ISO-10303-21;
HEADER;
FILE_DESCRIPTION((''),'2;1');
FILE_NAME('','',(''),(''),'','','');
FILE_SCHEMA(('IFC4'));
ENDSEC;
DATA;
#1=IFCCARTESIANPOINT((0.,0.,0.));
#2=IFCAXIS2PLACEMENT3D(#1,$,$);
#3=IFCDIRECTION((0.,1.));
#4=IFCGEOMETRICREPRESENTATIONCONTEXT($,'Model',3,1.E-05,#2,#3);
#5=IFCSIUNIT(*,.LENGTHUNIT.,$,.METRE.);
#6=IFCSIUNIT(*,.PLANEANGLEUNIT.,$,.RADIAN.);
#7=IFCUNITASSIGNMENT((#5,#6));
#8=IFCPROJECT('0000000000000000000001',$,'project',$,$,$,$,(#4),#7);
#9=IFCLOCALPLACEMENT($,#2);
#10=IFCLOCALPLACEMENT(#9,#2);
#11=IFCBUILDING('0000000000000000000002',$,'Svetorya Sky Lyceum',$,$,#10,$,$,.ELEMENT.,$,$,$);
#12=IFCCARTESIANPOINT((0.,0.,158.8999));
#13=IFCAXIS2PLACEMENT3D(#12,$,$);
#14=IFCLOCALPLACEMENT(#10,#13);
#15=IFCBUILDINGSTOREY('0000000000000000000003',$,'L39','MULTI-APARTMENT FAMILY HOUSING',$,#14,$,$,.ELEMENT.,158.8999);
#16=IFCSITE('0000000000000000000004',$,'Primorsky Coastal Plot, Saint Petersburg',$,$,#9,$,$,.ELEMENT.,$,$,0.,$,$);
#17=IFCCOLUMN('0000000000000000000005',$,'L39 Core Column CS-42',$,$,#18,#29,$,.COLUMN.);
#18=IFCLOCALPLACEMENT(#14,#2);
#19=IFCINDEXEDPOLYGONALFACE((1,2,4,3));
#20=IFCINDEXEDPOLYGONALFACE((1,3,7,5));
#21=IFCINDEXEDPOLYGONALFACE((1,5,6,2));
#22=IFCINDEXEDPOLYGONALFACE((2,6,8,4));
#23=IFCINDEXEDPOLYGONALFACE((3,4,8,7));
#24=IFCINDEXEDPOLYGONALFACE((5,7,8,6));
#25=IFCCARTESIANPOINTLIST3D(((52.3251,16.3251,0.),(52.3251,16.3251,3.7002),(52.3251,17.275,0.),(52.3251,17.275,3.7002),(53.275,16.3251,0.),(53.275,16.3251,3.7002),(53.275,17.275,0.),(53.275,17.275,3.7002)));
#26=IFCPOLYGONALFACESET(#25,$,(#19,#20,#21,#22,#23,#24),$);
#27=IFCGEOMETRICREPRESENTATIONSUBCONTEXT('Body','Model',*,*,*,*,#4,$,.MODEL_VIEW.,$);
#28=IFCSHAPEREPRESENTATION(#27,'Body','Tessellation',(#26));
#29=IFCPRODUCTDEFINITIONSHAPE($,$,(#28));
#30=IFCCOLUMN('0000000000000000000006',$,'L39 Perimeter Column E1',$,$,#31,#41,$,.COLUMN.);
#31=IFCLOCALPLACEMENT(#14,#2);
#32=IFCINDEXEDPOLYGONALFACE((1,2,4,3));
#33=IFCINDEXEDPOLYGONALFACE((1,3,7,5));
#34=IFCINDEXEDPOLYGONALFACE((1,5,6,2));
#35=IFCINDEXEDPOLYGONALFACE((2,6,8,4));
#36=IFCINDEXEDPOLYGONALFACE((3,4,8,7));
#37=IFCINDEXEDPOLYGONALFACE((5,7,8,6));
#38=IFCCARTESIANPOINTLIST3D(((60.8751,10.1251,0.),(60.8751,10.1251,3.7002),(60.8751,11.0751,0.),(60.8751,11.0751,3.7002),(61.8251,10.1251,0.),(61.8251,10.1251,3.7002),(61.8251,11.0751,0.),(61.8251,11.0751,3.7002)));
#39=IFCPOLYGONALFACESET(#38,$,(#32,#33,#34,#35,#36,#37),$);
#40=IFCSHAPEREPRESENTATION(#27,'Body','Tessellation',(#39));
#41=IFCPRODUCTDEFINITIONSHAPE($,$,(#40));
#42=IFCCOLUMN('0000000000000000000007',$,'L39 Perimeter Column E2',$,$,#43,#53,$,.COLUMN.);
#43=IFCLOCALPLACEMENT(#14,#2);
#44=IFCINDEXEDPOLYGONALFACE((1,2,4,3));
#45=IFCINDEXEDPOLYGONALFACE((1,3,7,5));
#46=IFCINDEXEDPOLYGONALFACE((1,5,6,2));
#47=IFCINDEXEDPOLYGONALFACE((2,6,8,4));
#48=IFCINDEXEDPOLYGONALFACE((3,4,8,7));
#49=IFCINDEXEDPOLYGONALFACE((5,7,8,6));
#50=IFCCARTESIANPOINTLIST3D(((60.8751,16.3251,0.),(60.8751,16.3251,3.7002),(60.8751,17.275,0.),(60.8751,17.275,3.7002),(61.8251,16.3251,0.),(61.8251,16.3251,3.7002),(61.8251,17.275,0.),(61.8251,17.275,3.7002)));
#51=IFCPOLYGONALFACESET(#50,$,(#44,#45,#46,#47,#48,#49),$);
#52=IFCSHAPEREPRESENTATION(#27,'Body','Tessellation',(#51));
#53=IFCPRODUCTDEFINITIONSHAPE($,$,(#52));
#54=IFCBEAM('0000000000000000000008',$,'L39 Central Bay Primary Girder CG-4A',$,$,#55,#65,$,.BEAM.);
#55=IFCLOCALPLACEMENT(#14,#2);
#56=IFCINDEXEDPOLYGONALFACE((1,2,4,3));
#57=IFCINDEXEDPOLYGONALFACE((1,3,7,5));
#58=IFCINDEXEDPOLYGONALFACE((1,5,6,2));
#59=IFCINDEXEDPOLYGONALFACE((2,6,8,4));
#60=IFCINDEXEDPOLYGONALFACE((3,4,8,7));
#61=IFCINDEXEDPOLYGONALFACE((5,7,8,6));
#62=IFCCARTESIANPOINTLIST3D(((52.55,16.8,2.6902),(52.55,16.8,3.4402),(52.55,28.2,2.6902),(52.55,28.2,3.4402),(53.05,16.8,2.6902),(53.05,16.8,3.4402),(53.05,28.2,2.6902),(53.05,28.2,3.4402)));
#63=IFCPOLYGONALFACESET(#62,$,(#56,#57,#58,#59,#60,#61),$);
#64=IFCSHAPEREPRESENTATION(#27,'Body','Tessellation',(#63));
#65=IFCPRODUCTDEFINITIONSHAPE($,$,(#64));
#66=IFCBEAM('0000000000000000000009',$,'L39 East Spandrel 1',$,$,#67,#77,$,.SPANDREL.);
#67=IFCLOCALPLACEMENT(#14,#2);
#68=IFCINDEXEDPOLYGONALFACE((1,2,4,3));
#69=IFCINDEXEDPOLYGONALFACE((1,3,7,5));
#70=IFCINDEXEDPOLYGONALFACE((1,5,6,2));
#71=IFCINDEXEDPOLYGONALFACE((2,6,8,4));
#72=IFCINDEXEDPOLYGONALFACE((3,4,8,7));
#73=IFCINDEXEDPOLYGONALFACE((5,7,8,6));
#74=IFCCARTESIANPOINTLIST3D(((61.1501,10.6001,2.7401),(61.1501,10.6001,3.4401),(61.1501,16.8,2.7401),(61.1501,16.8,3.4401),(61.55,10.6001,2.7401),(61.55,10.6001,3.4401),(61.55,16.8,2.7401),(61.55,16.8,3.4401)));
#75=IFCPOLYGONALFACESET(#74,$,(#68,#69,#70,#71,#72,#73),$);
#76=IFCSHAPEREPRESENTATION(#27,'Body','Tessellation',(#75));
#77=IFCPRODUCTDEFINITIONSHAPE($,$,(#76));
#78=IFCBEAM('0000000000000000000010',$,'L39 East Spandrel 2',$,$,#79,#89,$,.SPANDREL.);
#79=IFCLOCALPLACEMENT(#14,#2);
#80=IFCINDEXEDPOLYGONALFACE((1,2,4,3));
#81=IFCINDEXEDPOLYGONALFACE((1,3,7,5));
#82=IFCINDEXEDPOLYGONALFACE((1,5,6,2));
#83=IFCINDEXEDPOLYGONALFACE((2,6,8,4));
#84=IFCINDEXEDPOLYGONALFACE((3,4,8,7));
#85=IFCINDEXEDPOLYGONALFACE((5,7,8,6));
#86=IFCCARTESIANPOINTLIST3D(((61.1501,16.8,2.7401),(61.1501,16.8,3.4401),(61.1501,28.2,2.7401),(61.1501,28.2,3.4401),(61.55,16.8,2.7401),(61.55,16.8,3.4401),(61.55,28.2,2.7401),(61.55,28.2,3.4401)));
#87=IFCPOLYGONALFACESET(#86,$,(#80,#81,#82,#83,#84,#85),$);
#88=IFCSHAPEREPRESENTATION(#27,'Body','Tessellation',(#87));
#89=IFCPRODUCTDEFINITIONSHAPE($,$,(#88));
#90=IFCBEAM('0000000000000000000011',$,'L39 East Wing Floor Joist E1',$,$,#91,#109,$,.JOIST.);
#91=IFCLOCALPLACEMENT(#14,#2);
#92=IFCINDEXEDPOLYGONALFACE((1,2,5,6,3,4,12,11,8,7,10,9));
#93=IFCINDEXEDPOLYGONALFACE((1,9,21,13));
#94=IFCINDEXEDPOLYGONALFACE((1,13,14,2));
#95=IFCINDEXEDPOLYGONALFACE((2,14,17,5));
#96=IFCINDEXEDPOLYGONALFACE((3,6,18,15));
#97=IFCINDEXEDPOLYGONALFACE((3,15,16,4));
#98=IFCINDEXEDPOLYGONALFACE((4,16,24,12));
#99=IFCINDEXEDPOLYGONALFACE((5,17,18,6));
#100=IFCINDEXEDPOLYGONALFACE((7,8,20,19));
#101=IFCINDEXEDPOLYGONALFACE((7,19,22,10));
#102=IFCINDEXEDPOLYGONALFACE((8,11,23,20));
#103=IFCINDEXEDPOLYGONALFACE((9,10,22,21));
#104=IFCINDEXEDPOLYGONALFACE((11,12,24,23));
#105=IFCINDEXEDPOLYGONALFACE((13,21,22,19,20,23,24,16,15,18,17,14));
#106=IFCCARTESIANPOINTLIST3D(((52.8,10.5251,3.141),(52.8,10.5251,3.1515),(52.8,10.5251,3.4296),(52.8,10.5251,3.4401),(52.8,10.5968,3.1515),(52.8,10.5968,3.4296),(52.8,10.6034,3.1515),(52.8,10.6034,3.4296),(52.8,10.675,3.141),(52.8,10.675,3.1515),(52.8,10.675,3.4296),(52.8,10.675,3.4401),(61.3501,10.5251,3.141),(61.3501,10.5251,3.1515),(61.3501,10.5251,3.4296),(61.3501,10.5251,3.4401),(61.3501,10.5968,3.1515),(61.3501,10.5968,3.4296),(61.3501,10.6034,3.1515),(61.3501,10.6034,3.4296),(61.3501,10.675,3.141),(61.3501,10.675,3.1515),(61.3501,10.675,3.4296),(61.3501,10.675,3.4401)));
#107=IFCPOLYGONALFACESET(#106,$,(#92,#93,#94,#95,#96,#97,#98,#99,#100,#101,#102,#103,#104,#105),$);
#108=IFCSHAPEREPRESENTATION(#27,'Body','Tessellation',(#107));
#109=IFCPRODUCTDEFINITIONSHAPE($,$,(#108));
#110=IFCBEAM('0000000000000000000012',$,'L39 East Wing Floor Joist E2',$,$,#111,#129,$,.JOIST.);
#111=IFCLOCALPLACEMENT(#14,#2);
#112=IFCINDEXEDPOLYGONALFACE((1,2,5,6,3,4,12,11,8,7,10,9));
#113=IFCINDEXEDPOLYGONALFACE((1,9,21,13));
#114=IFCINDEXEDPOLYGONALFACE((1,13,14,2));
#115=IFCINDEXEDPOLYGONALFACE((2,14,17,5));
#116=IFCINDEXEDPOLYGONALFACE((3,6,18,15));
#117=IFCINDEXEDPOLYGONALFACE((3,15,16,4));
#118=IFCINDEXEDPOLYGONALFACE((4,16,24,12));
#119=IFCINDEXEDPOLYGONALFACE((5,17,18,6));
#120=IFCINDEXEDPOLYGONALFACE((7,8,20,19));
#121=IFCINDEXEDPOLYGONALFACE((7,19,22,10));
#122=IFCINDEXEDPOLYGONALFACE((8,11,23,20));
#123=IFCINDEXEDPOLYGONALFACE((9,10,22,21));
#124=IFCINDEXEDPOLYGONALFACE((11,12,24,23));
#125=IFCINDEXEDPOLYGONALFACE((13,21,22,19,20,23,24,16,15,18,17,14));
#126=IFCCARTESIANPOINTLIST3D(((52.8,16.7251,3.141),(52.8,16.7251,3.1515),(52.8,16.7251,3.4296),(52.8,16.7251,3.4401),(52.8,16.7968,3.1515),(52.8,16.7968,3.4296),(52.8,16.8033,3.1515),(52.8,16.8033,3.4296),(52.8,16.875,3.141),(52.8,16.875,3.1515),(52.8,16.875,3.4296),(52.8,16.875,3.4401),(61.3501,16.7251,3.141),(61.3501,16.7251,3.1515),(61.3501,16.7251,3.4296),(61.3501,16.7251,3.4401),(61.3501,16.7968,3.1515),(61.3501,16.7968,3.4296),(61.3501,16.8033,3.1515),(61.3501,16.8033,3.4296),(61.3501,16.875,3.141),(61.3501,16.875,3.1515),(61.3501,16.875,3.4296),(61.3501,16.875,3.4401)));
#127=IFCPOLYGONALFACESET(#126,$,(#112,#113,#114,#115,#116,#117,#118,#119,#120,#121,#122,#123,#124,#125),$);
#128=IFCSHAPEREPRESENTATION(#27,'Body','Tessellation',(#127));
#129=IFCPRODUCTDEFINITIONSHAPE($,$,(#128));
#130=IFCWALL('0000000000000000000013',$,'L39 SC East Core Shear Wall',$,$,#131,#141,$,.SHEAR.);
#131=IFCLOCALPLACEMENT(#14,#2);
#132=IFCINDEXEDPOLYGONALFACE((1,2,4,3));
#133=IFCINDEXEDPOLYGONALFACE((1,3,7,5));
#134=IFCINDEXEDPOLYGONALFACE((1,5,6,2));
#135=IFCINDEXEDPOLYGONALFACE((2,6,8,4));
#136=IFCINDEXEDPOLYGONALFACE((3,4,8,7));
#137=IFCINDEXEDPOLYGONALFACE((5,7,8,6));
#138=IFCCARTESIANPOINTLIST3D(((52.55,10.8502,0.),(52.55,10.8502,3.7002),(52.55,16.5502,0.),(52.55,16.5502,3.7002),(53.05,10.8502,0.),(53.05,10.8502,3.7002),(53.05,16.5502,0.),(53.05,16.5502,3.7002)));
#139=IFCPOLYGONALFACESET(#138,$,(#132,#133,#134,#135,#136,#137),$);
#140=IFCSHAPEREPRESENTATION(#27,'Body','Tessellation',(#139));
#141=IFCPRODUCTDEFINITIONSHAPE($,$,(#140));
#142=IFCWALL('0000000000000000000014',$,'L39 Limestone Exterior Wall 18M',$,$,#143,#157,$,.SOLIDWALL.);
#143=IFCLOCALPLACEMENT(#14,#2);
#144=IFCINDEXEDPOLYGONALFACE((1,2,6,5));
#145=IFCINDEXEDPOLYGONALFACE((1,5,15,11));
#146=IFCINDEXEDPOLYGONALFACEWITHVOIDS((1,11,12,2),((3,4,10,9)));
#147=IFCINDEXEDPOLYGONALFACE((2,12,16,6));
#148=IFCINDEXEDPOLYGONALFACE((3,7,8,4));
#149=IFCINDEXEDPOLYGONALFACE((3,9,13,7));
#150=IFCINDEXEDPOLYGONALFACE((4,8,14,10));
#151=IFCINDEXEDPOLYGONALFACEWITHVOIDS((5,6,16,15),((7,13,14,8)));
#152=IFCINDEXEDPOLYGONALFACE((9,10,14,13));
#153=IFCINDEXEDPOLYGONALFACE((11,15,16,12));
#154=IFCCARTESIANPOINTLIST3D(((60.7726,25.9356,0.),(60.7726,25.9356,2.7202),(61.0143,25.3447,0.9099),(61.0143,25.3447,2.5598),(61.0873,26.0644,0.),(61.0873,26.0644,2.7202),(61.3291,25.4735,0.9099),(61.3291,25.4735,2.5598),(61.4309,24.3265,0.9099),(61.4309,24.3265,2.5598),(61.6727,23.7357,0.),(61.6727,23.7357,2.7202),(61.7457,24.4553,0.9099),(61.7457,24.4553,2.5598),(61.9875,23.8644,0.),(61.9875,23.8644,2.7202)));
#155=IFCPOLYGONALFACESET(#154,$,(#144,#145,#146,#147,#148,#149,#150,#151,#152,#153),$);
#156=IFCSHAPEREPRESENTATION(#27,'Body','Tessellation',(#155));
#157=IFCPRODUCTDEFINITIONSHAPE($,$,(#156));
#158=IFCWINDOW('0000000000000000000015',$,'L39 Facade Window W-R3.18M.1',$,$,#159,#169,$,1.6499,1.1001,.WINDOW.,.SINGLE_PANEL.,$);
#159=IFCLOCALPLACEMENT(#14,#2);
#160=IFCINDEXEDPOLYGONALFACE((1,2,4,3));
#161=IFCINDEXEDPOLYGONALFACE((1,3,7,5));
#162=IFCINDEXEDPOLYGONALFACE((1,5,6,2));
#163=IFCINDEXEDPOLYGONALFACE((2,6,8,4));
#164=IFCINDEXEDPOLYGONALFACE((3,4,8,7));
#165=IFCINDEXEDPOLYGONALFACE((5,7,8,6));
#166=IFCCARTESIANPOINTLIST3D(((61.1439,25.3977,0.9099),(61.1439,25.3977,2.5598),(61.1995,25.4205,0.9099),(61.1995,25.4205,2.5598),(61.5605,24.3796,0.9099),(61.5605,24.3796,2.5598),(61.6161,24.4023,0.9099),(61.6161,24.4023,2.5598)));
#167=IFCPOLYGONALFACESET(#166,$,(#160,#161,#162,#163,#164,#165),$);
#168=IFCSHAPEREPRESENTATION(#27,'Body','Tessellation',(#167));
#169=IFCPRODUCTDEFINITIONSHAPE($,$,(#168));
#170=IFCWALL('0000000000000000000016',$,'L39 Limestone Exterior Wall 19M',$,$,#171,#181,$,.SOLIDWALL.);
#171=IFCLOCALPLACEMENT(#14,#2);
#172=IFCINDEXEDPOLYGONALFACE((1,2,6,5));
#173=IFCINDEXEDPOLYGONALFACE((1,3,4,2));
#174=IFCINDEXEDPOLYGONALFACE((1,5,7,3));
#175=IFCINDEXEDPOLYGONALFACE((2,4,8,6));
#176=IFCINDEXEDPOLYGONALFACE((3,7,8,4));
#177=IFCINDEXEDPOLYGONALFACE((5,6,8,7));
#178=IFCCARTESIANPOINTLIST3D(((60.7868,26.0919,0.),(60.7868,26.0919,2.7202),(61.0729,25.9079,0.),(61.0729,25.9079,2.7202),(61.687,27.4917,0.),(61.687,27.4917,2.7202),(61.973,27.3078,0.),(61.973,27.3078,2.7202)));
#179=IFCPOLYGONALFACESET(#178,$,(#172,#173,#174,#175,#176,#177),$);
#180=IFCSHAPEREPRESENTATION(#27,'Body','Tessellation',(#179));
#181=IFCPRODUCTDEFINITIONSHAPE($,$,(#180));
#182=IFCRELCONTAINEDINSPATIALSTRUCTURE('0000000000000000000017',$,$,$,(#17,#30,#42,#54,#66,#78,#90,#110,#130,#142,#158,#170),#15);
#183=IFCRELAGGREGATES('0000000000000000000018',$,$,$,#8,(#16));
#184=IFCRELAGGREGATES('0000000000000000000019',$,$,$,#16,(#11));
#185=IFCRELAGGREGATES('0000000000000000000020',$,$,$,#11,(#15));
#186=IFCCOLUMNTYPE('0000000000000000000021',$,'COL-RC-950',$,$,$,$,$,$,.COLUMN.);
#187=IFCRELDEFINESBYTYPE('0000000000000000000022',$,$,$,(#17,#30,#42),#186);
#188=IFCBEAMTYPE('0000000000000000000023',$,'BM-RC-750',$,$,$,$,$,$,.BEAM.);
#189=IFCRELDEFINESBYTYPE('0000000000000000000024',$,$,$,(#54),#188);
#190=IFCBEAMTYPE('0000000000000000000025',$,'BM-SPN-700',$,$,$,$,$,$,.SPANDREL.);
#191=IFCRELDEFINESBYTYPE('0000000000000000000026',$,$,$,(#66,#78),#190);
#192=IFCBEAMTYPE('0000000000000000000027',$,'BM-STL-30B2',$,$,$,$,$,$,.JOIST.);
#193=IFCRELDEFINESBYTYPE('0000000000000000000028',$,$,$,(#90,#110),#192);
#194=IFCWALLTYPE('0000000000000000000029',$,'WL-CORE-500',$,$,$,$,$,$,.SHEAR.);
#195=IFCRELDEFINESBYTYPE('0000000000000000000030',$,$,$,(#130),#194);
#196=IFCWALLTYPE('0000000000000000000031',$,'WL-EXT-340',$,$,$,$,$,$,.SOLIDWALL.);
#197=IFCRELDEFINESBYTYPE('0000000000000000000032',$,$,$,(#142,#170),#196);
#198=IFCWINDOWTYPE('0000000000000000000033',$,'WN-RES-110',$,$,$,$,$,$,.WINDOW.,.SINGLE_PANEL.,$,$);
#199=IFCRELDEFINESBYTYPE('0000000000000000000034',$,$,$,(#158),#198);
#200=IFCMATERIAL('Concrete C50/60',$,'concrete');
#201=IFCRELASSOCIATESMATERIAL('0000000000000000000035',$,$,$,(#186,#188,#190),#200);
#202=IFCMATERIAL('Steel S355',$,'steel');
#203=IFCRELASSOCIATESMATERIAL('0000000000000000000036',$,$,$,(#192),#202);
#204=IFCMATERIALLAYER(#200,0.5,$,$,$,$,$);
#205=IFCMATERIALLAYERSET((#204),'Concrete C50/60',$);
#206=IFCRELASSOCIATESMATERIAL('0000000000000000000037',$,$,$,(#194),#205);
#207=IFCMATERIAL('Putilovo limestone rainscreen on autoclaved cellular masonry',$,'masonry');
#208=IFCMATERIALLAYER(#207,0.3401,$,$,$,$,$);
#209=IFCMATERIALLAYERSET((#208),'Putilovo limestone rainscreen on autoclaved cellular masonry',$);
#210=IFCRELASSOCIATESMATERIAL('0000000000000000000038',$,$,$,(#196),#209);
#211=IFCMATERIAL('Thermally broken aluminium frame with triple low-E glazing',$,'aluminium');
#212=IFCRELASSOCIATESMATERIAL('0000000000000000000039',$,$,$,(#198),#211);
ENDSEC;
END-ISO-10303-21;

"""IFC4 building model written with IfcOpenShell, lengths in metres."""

from ifc_helpers import new_model, si_unit, direction, frame, frame_2d, origin, origin_2d, place, context, subcontext, project, spatial, rectangle, i_section, extrude, material, layer, layer_set, material_profile, profile_set, type_object, element, fill, save


model = new_model("IFC4")

# Units and contexts
model_context = context("Model", 3, precision=1e-05, world=origin(), true_north=direction((0.0, 1.0)))
body_context = subcontext(model_context, "Body", "Model", "MODEL_VIEW")
ifc_project = project(units=[si_unit("LENGTHUNIT", "METRE"), si_unit("PLANEANGLEUNIT", "RADIAN")], contexts=[model_context])

# Site, building, storey
site_placement = place(None, origin())
site = spatial("IfcSite", under=ifc_project, at=site_placement, Name="Primorsky Coastal Plot, Saint Petersburg", CompositionType="ELEMENT", RefElevation=0.0)
building_placement = place(site_placement, origin())
building = spatial("IfcBuilding", under=site, at=building_placement, Name="Svetorya Sky Lyceum", CompositionType="ELEMENT")
storey_placement = place(building_placement, frame((0.0, 0.0, 158.8999)))
storey = spatial("IfcBuildingStorey", under=building, at=storey_placement, Name="L39", Description="MULTI-APARTMENT FAMILY HOUSING", CompositionType="ELEMENT", Elevation=158.8999)

# Columns
ifc_material_1 = material(Name="Concrete C50/60", Category="concrete")
ifc_material_profile_1 = material_profile(ifc_material_1, rectangle(XDim=0.95, YDim=0.95, at=origin_2d()), Name="RC COL 950x950")
ifc_profile_set_1 = profile_set([ifc_material_profile_1], Name="Concrete C50/60")
column_type = type_object("IfcColumnType", Name="COL-RC-950", PredefinedType="COLUMN", material=ifc_profile_set_1)
for number, where, z_axis, x_axis, name in (
    (1, (52.8, 16.8, 0.0), (0.0, 0.0, 1.0), (1.0, 0.0, 0.0), "L39 Core Column CS-42"),
    (2, (61.3501, 10.6001, 0.0), (0.0, 0.0, 1.0), (1.0, 0.0, 0.0), "L39 Perimeter Column E1"),
    (3, (61.3501, 16.8, 0.0), (0.0, 0.0, 1.0), (1.0, 0.0, 0.0), "L39 Perimeter Column E2"),
):
    element("IfcColumn", number, at=place(storey_placement, frame(where, z_axis=z_axis, x_axis=x_axis)), inside=storey, type_object=column_type, Name=name, PredefinedType="COLUMN", context=body_context, shape_type="SweptSolid", body=[
        extrude(rectangle(XDim=0.95, YDim=0.95, at=origin_2d()), origin(), (0.0, 0.0, 1.0), 3.7002),
    ])

# Beams
ifc_material_profile_2 = material_profile(ifc_material_1, rectangle(XDim=0.5, YDim=0.75, at=origin_2d()), Name="RC BEAM 500x750")
ifc_profile_set_2 = profile_set([ifc_material_profile_2], Name="Concrete C50/60")
beam_type_1 = type_object("IfcBeamType", Name="BM-RC-750", PredefinedType="BEAM", material=ifc_profile_set_2)
beam_1_placement = place(storey_placement, frame((52.8, 16.8, 3.0652), z_axis=(0.0, 1.0, 0.0), x_axis=(-1.0, 0.0, 0.0)))
element("IfcBeam", 4, at=beam_1_placement, inside=storey, type_object=beam_type_1, Name="L39 Central Bay Primary Girder CG-4A", PredefinedType="BEAM", context=body_context, shape_type="SweptSolid", body=[
    extrude(rectangle(XDim=0.5, YDim=0.75, at=origin_2d()), origin(), (0.0, 0.0, 1.0), 11.3999),
])
ifc_material_profile_3 = material_profile(ifc_material_1, rectangle(XDim=0.3999, YDim=0.7, at=origin_2d()), Name="RC SPANDREL 400x700")
ifc_profile_set_3 = profile_set([ifc_material_profile_3], Name="Concrete C50/60")
beam_type_2 = type_object("IfcBeamType", Name="BM-SPN-700", PredefinedType="SPANDREL", material=ifc_profile_set_3)
beam_2_placement = place(storey_placement, frame((61.3501, 10.6001, 3.0901), z_axis=(0.0, 1.0, 0.0), x_axis=(-1.0, 0.0, 0.0)))
element("IfcBeam", 5, at=beam_2_placement, inside=storey, type_object=beam_type_2, Name="L39 East Spandrel 1", PredefinedType="SPANDREL", context=body_context, shape_type="SweptSolid", body=[
    extrude(rectangle(XDim=0.3999, YDim=0.7, at=origin_2d()), origin(), (0.0, 0.0, 1.0), 6.2),
])
beam_3_placement = place(storey_placement, frame((61.3501, 16.8, 3.0901), z_axis=(0.0, 1.0, 0.0), x_axis=(-1.0, 0.0, 0.0)))
element("IfcBeam", 6, at=beam_3_placement, inside=storey, type_object=beam_type_2, Name="L39 East Spandrel 2", PredefinedType="SPANDREL", context=body_context, shape_type="SweptSolid", body=[
    extrude(rectangle(XDim=0.3999, YDim=0.7, at=origin_2d()), origin(), (0.0, 0.0, 1.0), 11.3999),
])
ifc_material_2 = material(Name="Steel S355", Category="steel")
ifc_material_profile_4 = material_profile(ifc_material_2, i_section(OverallWidth=0.1499, OverallDepth=0.2991, WebThickness=0.0066, FlangeThickness=0.0105, at=origin_2d()), Name="GOST 30B2")
ifc_profile_set_4 = profile_set([ifc_material_profile_4], Name="Steel S355")
beam_type_3 = type_object("IfcBeamType", Name="BM-STL-30B2", PredefinedType="JOIST", material=ifc_profile_set_4)
for number, where, z_axis, x_axis, name in (
    (7, (52.8, 10.6001, 3.2905), (1.0, 0.0, 0.0), (0.0, 1.0, 0.0), "L39 East Wing Floor Joist E1"),
    (8, (52.8, 16.8, 3.2905), (1.0, 0.0, 0.0), (0.0, 1.0, 0.0), "L39 East Wing Floor Joist E2"),
):
    element("IfcBeam", number, at=place(storey_placement, frame(where, z_axis=z_axis, x_axis=x_axis)), inside=storey, type_object=beam_type_3, Name=name, PredefinedType="JOIST", context=body_context, shape_type="SweptSolid", body=[
        extrude(i_section(OverallWidth=0.1499, OverallDepth=0.2991, WebThickness=0.0066, FlangeThickness=0.0105, at=origin_2d()), origin(), (0.0, 0.0, 1.0), 8.55),
    ])

# Wall
ifc_layer_1 = layer(ifc_material_1, 0.5)
ifc_layer_set_1 = layer_set([ifc_layer_1], Name="Concrete C50/60")
wall_type_1 = type_object("IfcWallType", Name="WL-CORE-500", PredefinedType="SHEAR", material=ifc_layer_set_1)
wall_1_placement = place(storey_placement, frame((52.8, 10.8501, 0.0), z_axis=(0.0, 0.0, 1.0), x_axis=(0.0, 1.0, 0.0)))
element("IfcWall", 9, at=wall_1_placement, inside=storey, type_object=wall_type_1, Name="L39 SC East Core Shear Wall", PredefinedType="SHEAR", context=body_context, shape_type="SweptSolid", body=[
    extrude(rectangle(XDim=5.7, YDim=0.5, at=frame_2d((2.8501, 0.0))), origin(), (0.0, 0.0, 1.0), 3.7002),
])

# Wall, opening, window
ifc_material_3 = material(Name="Putilovo limestone rainscreen on autoclaved cellular masonry", Category="masonry")
ifc_layer_2 = layer(ifc_material_3, 0.3401)
ifc_layer_set_2 = layer_set([ifc_layer_2], Name="Putilovo limestone rainscreen on autoclaved cellular masonry")
wall_type_2 = type_object("IfcWallType", Name="WL-EXT-340", PredefinedType="SOLIDWALL", material=ifc_layer_set_2)
wall_2_placement = place(storey_placement, frame((61.8301, 23.8, 0.0), z_axis=(0.0, 0.0, 1.0), x_axis=(-0.378693, 0.925522, 0.0)))
wall_2 = element("IfcWall", 10, at=wall_2_placement, inside=storey, type_object=wall_type_2, Name="L39 Limestone Exterior Wall 18M", PredefinedType="SOLIDWALL", context=body_context, shape_type="SweptSolid", body=[
    extrude(rectangle(XDim=2.377, YDim=0.3401, at=frame_2d((1.1885, 0.0))), origin(), (0.0, 0.0, 1.0), 2.7202),
])
opening_1_placement = place(wall_2_placement, frame((0.6384, 0.0, 0.9099)))
opening_1 = element("IfcOpeningElement", 11, at=opening_1_placement, cuts=wall_2, PredefinedType="OPENING", context=body_context, shape_type="SweptSolid", body=[
    extrude(rectangle(XDim=1.1001, YDim=1.6499, at=frame_2d((0.55, 0.825))), frame((0.0, 0.1799, 0.0), z_axis=(0.0, -1.0, 0.0), x_axis=(1.0, 0.0, 0.0)), (0.0, 0.0, 1.0), 0.3601),
])
ifc_material_4 = material(Name="Thermally broken aluminium frame with triple low-E glazing", Category="aluminium")
window_type = type_object("IfcWindowType", Name="WN-RES-110", PartitioningType="SINGLE_PANEL", PredefinedType="WINDOW", material=ifc_material_4)
window_placement = place(opening_1_placement, origin())
window = element("IfcWindow", 12, at=window_placement, inside=storey, type_object=window_type, Name="L39 Facade Window W-R3.18M.1", OverallHeight=1.6499, OverallWidth=1.1001, PartitioningType="SINGLE_PANEL", PredefinedType="WINDOW", context=body_context, shape_type="SweptSolid", body=[
    extrude(rectangle(XDim=1.1001, YDim=1.6499, at=frame_2d((0.55, 0.825))), frame((0.0, 0.03, 0.0), z_axis=(0.0, -1.0, 0.0), x_axis=(1.0, 0.0, 0.0)), (0.0, 0.0, 1.0), 0.0601),
])
fill(opening_1, window)

# Wall
wall_3_placement = place(storey_placement, frame((60.9299, 26.0, 0.0), z_axis=(0.0, 0.0, 1.0), x_axis=(0.540847, 0.841121, 0.0)))
element("IfcWall", 13, at=wall_3_placement, inside=storey, type_object=wall_type_2, Name="L39 Limestone Exterior Wall 19M", PredefinedType="SOLIDWALL", context=body_context, shape_type="SweptSolid", body=[
    extrude(rectangle(XDim=1.6643, YDim=0.3401, at=frame_2d((0.832, 0.0))), origin(), (0.0, 0.0, 1.0), 2.7202),
])

save(model, "model.ifc")
